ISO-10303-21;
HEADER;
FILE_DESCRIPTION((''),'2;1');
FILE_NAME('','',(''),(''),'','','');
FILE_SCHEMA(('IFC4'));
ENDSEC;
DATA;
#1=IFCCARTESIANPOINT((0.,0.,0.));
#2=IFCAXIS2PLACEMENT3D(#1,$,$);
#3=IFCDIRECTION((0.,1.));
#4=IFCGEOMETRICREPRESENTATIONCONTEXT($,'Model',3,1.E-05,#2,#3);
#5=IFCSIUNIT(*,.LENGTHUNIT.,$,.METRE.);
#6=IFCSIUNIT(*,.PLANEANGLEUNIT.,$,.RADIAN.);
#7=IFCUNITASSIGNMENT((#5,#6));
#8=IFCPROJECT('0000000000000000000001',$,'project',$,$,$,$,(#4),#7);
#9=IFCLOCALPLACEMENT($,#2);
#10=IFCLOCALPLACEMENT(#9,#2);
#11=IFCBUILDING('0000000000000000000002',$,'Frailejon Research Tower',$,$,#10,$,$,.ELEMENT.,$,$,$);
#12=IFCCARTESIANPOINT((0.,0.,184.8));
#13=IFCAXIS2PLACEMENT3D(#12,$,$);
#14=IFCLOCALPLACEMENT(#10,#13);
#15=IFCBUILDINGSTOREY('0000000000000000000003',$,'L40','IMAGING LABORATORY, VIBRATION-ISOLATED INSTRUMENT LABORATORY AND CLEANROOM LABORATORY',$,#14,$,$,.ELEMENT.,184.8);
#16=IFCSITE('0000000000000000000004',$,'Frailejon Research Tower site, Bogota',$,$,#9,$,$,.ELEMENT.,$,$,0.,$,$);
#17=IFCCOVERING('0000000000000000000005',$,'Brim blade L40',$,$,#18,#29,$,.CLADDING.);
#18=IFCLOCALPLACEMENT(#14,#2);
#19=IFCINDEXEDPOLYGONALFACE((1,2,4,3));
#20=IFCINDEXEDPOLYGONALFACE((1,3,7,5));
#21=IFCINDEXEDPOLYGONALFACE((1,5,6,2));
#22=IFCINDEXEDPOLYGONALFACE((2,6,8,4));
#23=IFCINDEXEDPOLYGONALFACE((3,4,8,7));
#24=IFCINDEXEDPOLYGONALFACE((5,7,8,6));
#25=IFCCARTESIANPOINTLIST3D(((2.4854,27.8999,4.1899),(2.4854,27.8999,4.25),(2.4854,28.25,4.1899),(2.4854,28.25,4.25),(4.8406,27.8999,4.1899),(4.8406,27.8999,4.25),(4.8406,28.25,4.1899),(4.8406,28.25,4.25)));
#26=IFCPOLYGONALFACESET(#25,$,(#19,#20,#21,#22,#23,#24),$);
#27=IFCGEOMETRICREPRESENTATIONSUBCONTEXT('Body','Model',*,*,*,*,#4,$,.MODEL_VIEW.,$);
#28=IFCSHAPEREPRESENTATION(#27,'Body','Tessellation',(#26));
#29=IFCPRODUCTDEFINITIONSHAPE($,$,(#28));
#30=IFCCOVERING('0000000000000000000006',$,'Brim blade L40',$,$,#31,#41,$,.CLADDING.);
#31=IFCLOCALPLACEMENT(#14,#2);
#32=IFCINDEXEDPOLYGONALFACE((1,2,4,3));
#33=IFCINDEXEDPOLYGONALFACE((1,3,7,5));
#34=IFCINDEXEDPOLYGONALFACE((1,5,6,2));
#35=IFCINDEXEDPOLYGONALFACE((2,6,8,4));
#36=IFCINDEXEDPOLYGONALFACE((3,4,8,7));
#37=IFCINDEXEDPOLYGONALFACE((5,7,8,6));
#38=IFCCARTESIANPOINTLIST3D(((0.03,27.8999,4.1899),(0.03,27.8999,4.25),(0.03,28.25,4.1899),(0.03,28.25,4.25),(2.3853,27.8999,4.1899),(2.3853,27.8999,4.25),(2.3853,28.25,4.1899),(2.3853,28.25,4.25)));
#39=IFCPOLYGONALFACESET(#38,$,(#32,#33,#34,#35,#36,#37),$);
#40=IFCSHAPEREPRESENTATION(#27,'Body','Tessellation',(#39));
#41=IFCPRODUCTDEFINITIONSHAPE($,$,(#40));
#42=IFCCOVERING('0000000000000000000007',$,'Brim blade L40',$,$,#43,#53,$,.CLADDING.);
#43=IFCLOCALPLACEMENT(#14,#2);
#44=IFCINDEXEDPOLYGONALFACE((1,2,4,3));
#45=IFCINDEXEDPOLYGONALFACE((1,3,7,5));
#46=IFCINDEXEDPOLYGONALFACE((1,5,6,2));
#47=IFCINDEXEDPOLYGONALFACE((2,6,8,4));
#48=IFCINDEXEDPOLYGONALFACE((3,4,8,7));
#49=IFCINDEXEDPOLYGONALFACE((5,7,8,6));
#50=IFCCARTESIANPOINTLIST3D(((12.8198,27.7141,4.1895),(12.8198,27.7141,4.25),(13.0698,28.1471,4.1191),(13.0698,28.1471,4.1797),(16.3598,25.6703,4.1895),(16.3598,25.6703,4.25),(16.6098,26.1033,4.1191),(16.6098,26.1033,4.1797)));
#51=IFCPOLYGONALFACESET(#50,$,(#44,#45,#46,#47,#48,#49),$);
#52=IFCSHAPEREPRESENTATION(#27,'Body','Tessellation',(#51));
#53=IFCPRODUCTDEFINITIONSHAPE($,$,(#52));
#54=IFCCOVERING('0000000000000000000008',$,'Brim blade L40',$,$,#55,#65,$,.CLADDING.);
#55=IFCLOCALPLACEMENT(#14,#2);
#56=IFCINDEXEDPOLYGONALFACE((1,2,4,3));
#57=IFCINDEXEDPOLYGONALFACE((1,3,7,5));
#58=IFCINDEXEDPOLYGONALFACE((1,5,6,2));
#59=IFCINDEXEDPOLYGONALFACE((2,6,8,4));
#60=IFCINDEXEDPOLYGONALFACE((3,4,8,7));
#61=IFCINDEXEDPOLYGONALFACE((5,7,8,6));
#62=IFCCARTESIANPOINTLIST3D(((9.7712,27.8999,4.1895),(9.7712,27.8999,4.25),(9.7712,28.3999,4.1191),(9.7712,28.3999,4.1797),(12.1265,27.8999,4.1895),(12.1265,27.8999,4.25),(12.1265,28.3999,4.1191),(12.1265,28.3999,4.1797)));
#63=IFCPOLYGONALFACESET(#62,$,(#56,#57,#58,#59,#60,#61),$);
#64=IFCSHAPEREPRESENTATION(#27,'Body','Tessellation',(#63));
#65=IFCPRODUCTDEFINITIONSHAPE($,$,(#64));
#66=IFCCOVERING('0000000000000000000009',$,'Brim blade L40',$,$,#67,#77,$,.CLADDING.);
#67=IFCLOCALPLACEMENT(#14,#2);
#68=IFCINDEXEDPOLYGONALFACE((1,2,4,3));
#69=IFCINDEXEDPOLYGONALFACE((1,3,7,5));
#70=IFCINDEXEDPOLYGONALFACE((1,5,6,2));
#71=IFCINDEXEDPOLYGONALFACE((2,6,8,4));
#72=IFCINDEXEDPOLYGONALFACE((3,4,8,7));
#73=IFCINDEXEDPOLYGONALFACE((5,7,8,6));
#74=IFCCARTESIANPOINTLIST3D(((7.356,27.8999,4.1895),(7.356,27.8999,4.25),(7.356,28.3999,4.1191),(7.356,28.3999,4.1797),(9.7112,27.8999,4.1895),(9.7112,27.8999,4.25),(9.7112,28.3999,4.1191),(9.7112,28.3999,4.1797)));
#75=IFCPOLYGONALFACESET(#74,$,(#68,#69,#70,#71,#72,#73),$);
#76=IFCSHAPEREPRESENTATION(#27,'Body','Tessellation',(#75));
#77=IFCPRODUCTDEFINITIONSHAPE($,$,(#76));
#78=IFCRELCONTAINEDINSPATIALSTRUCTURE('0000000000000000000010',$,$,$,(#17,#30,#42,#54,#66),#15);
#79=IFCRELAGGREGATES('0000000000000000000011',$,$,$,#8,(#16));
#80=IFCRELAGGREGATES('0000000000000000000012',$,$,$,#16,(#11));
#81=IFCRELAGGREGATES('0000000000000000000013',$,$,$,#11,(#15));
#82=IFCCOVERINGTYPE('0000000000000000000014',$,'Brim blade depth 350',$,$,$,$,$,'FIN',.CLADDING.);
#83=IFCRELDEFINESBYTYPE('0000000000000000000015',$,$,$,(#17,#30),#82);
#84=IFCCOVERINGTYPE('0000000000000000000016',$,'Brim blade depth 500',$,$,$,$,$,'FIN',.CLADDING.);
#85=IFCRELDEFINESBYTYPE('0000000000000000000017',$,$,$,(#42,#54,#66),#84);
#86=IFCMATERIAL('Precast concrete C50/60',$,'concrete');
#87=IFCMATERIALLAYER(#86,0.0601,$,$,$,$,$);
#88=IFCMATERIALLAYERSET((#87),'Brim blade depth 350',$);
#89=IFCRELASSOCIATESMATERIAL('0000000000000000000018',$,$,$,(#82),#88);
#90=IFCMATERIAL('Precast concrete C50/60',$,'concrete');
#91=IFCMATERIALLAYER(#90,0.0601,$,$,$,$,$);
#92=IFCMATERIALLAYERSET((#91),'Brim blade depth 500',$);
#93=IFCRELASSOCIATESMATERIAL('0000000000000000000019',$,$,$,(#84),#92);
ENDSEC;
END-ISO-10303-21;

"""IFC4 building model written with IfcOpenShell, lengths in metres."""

from ifc_helpers import new_model, si_unit, direction, frame, origin, place, context, subcontext, project, spatial, polyline, outline, extrude, material, layer, layer_set, type_object, element, save


model = new_model("IFC4")

# Units and contexts
model_context = context("Model", 3, precision=1e-05, world=origin(), true_north=direction((0.0, 1.0)))
body_context = subcontext(model_context, "Body", "Model", "MODEL_VIEW")
ifc_project = project(units=[si_unit("LENGTHUNIT", "METRE"), si_unit("PLANEANGLEUNIT", "RADIAN")], contexts=[model_context])

# Site, building, storey
site_placement = place(None, origin())
site = spatial("IfcSite", under=ifc_project, at=site_placement, Name="Frailejon Research Tower site, Bogota", CompositionType="ELEMENT", RefElevation=0.0)
building_placement = place(site_placement, origin())
building = spatial("IfcBuilding", under=site, at=building_placement, Name="Frailejon Research Tower", CompositionType="ELEMENT")
storey_placement = place(building_placement, frame((0.0, 0.0, 184.8)))
storey = spatial("IfcBuildingStorey", under=building, at=storey_placement, Name="L40", Description="IMAGING LABORATORY, VIBRATION-ISOLATED INSTRUMENT LABORATORY AND CLEANROOM LABORATORY", CompositionType="ELEMENT", Elevation=184.8)

# Coverings
ifc_material_1 = material(Name="Precast concrete C50/60", Category="concrete")
ifc_layer_1 = layer(ifc_material_1, 0.0601)
ifc_layer_set_1 = layer_set([ifc_layer_1], Name="Brim blade depth 350")
covering_type_1 = type_object("IfcCoveringType", Name="Brim blade depth 350", ElementType="FIN", PredefinedType="CLADDING", material=ifc_layer_set_1)
for number, where, z_axis, x_axis, name in (
    (1, (2.4854, 27.8999, 4.25), (1.0, 0.0, 0.0), (0.0, 1.0, 0.0), "Brim blade L40"),
    (2, (0.03, 27.8999, 4.25), (1.0, 0.0, 0.0), (0.0, 1.0, 0.0), "Brim blade L40"),
):
    element("IfcCovering", number, at=place(storey_placement, frame(where, z_axis=z_axis, x_axis=x_axis)), inside=storey, type_object=covering_type_1, Name=name, PredefinedType="CLADDING", context=body_context, shape_type="SweptSolid", body=[
        extrude(outline(polyline([(0.0, -0.0601), (0.3501, -0.0601), (0.3501, 0.0), (0.0, 0.0), (0.0, -0.0601)])), origin(), (0.0, 0.0, 1.0), 2.3552),
    ])
ifc_material_2 = material(Name="Precast concrete C50/60", Category="concrete")
ifc_layer_2 = layer(ifc_material_2, 0.0601)
ifc_layer_set_2 = layer_set([ifc_layer_2], Name="Brim blade depth 500")
covering_type_2 = type_object("IfcCoveringType", Name="Brim blade depth 500", ElementType="FIN", PredefinedType="CLADDING", material=ifc_layer_set_2)
covering_placement = place(storey_placement, frame((12.8198, 27.7141, 4.25), z_axis=(0.866027, -0.499997, 0.0), x_axis=(0.499997, 0.866027, 0.0)))
element("IfcCovering", 3, at=covering_placement, inside=storey, type_object=covering_type_2, Name="Brim blade L40", PredefinedType="CLADDING", context=body_context, shape_type="SweptSolid", body=[
    extrude(outline(polyline([(0.0, -0.0605), (0.5, -0.1309), (0.5, -0.0703), (0.0, 0.0), (0.0, -0.0605)])), origin(), (0.0, 0.0, 1.0), 4.0876),
])
for number, where, z_axis, x_axis, name in (
    (4, (9.7712, 27.8999, 4.25), (1.0, 0.0, 0.0), (0.0, 1.0, 0.0), "Brim blade L40"),
    (5, (7.356, 27.8999, 4.25), (1.0, 0.0, 0.0), (0.0, 1.0, 0.0), "Brim blade L40"),
):
    element("IfcCovering", number, at=place(storey_placement, frame(where, z_axis=z_axis, x_axis=x_axis)), inside=storey, type_object=covering_type_2, Name=name, PredefinedType="CLADDING", context=body_context, shape_type="SweptSolid", body=[
        extrude(outline(polyline([(0.0, -0.0605), (0.5, -0.1309), (0.5, -0.0703), (0.0, 0.0), (0.0, -0.0605)])), origin(), (0.0, 0.0, 1.0), 2.3552),
    ])

save(model, "model.ifc")
